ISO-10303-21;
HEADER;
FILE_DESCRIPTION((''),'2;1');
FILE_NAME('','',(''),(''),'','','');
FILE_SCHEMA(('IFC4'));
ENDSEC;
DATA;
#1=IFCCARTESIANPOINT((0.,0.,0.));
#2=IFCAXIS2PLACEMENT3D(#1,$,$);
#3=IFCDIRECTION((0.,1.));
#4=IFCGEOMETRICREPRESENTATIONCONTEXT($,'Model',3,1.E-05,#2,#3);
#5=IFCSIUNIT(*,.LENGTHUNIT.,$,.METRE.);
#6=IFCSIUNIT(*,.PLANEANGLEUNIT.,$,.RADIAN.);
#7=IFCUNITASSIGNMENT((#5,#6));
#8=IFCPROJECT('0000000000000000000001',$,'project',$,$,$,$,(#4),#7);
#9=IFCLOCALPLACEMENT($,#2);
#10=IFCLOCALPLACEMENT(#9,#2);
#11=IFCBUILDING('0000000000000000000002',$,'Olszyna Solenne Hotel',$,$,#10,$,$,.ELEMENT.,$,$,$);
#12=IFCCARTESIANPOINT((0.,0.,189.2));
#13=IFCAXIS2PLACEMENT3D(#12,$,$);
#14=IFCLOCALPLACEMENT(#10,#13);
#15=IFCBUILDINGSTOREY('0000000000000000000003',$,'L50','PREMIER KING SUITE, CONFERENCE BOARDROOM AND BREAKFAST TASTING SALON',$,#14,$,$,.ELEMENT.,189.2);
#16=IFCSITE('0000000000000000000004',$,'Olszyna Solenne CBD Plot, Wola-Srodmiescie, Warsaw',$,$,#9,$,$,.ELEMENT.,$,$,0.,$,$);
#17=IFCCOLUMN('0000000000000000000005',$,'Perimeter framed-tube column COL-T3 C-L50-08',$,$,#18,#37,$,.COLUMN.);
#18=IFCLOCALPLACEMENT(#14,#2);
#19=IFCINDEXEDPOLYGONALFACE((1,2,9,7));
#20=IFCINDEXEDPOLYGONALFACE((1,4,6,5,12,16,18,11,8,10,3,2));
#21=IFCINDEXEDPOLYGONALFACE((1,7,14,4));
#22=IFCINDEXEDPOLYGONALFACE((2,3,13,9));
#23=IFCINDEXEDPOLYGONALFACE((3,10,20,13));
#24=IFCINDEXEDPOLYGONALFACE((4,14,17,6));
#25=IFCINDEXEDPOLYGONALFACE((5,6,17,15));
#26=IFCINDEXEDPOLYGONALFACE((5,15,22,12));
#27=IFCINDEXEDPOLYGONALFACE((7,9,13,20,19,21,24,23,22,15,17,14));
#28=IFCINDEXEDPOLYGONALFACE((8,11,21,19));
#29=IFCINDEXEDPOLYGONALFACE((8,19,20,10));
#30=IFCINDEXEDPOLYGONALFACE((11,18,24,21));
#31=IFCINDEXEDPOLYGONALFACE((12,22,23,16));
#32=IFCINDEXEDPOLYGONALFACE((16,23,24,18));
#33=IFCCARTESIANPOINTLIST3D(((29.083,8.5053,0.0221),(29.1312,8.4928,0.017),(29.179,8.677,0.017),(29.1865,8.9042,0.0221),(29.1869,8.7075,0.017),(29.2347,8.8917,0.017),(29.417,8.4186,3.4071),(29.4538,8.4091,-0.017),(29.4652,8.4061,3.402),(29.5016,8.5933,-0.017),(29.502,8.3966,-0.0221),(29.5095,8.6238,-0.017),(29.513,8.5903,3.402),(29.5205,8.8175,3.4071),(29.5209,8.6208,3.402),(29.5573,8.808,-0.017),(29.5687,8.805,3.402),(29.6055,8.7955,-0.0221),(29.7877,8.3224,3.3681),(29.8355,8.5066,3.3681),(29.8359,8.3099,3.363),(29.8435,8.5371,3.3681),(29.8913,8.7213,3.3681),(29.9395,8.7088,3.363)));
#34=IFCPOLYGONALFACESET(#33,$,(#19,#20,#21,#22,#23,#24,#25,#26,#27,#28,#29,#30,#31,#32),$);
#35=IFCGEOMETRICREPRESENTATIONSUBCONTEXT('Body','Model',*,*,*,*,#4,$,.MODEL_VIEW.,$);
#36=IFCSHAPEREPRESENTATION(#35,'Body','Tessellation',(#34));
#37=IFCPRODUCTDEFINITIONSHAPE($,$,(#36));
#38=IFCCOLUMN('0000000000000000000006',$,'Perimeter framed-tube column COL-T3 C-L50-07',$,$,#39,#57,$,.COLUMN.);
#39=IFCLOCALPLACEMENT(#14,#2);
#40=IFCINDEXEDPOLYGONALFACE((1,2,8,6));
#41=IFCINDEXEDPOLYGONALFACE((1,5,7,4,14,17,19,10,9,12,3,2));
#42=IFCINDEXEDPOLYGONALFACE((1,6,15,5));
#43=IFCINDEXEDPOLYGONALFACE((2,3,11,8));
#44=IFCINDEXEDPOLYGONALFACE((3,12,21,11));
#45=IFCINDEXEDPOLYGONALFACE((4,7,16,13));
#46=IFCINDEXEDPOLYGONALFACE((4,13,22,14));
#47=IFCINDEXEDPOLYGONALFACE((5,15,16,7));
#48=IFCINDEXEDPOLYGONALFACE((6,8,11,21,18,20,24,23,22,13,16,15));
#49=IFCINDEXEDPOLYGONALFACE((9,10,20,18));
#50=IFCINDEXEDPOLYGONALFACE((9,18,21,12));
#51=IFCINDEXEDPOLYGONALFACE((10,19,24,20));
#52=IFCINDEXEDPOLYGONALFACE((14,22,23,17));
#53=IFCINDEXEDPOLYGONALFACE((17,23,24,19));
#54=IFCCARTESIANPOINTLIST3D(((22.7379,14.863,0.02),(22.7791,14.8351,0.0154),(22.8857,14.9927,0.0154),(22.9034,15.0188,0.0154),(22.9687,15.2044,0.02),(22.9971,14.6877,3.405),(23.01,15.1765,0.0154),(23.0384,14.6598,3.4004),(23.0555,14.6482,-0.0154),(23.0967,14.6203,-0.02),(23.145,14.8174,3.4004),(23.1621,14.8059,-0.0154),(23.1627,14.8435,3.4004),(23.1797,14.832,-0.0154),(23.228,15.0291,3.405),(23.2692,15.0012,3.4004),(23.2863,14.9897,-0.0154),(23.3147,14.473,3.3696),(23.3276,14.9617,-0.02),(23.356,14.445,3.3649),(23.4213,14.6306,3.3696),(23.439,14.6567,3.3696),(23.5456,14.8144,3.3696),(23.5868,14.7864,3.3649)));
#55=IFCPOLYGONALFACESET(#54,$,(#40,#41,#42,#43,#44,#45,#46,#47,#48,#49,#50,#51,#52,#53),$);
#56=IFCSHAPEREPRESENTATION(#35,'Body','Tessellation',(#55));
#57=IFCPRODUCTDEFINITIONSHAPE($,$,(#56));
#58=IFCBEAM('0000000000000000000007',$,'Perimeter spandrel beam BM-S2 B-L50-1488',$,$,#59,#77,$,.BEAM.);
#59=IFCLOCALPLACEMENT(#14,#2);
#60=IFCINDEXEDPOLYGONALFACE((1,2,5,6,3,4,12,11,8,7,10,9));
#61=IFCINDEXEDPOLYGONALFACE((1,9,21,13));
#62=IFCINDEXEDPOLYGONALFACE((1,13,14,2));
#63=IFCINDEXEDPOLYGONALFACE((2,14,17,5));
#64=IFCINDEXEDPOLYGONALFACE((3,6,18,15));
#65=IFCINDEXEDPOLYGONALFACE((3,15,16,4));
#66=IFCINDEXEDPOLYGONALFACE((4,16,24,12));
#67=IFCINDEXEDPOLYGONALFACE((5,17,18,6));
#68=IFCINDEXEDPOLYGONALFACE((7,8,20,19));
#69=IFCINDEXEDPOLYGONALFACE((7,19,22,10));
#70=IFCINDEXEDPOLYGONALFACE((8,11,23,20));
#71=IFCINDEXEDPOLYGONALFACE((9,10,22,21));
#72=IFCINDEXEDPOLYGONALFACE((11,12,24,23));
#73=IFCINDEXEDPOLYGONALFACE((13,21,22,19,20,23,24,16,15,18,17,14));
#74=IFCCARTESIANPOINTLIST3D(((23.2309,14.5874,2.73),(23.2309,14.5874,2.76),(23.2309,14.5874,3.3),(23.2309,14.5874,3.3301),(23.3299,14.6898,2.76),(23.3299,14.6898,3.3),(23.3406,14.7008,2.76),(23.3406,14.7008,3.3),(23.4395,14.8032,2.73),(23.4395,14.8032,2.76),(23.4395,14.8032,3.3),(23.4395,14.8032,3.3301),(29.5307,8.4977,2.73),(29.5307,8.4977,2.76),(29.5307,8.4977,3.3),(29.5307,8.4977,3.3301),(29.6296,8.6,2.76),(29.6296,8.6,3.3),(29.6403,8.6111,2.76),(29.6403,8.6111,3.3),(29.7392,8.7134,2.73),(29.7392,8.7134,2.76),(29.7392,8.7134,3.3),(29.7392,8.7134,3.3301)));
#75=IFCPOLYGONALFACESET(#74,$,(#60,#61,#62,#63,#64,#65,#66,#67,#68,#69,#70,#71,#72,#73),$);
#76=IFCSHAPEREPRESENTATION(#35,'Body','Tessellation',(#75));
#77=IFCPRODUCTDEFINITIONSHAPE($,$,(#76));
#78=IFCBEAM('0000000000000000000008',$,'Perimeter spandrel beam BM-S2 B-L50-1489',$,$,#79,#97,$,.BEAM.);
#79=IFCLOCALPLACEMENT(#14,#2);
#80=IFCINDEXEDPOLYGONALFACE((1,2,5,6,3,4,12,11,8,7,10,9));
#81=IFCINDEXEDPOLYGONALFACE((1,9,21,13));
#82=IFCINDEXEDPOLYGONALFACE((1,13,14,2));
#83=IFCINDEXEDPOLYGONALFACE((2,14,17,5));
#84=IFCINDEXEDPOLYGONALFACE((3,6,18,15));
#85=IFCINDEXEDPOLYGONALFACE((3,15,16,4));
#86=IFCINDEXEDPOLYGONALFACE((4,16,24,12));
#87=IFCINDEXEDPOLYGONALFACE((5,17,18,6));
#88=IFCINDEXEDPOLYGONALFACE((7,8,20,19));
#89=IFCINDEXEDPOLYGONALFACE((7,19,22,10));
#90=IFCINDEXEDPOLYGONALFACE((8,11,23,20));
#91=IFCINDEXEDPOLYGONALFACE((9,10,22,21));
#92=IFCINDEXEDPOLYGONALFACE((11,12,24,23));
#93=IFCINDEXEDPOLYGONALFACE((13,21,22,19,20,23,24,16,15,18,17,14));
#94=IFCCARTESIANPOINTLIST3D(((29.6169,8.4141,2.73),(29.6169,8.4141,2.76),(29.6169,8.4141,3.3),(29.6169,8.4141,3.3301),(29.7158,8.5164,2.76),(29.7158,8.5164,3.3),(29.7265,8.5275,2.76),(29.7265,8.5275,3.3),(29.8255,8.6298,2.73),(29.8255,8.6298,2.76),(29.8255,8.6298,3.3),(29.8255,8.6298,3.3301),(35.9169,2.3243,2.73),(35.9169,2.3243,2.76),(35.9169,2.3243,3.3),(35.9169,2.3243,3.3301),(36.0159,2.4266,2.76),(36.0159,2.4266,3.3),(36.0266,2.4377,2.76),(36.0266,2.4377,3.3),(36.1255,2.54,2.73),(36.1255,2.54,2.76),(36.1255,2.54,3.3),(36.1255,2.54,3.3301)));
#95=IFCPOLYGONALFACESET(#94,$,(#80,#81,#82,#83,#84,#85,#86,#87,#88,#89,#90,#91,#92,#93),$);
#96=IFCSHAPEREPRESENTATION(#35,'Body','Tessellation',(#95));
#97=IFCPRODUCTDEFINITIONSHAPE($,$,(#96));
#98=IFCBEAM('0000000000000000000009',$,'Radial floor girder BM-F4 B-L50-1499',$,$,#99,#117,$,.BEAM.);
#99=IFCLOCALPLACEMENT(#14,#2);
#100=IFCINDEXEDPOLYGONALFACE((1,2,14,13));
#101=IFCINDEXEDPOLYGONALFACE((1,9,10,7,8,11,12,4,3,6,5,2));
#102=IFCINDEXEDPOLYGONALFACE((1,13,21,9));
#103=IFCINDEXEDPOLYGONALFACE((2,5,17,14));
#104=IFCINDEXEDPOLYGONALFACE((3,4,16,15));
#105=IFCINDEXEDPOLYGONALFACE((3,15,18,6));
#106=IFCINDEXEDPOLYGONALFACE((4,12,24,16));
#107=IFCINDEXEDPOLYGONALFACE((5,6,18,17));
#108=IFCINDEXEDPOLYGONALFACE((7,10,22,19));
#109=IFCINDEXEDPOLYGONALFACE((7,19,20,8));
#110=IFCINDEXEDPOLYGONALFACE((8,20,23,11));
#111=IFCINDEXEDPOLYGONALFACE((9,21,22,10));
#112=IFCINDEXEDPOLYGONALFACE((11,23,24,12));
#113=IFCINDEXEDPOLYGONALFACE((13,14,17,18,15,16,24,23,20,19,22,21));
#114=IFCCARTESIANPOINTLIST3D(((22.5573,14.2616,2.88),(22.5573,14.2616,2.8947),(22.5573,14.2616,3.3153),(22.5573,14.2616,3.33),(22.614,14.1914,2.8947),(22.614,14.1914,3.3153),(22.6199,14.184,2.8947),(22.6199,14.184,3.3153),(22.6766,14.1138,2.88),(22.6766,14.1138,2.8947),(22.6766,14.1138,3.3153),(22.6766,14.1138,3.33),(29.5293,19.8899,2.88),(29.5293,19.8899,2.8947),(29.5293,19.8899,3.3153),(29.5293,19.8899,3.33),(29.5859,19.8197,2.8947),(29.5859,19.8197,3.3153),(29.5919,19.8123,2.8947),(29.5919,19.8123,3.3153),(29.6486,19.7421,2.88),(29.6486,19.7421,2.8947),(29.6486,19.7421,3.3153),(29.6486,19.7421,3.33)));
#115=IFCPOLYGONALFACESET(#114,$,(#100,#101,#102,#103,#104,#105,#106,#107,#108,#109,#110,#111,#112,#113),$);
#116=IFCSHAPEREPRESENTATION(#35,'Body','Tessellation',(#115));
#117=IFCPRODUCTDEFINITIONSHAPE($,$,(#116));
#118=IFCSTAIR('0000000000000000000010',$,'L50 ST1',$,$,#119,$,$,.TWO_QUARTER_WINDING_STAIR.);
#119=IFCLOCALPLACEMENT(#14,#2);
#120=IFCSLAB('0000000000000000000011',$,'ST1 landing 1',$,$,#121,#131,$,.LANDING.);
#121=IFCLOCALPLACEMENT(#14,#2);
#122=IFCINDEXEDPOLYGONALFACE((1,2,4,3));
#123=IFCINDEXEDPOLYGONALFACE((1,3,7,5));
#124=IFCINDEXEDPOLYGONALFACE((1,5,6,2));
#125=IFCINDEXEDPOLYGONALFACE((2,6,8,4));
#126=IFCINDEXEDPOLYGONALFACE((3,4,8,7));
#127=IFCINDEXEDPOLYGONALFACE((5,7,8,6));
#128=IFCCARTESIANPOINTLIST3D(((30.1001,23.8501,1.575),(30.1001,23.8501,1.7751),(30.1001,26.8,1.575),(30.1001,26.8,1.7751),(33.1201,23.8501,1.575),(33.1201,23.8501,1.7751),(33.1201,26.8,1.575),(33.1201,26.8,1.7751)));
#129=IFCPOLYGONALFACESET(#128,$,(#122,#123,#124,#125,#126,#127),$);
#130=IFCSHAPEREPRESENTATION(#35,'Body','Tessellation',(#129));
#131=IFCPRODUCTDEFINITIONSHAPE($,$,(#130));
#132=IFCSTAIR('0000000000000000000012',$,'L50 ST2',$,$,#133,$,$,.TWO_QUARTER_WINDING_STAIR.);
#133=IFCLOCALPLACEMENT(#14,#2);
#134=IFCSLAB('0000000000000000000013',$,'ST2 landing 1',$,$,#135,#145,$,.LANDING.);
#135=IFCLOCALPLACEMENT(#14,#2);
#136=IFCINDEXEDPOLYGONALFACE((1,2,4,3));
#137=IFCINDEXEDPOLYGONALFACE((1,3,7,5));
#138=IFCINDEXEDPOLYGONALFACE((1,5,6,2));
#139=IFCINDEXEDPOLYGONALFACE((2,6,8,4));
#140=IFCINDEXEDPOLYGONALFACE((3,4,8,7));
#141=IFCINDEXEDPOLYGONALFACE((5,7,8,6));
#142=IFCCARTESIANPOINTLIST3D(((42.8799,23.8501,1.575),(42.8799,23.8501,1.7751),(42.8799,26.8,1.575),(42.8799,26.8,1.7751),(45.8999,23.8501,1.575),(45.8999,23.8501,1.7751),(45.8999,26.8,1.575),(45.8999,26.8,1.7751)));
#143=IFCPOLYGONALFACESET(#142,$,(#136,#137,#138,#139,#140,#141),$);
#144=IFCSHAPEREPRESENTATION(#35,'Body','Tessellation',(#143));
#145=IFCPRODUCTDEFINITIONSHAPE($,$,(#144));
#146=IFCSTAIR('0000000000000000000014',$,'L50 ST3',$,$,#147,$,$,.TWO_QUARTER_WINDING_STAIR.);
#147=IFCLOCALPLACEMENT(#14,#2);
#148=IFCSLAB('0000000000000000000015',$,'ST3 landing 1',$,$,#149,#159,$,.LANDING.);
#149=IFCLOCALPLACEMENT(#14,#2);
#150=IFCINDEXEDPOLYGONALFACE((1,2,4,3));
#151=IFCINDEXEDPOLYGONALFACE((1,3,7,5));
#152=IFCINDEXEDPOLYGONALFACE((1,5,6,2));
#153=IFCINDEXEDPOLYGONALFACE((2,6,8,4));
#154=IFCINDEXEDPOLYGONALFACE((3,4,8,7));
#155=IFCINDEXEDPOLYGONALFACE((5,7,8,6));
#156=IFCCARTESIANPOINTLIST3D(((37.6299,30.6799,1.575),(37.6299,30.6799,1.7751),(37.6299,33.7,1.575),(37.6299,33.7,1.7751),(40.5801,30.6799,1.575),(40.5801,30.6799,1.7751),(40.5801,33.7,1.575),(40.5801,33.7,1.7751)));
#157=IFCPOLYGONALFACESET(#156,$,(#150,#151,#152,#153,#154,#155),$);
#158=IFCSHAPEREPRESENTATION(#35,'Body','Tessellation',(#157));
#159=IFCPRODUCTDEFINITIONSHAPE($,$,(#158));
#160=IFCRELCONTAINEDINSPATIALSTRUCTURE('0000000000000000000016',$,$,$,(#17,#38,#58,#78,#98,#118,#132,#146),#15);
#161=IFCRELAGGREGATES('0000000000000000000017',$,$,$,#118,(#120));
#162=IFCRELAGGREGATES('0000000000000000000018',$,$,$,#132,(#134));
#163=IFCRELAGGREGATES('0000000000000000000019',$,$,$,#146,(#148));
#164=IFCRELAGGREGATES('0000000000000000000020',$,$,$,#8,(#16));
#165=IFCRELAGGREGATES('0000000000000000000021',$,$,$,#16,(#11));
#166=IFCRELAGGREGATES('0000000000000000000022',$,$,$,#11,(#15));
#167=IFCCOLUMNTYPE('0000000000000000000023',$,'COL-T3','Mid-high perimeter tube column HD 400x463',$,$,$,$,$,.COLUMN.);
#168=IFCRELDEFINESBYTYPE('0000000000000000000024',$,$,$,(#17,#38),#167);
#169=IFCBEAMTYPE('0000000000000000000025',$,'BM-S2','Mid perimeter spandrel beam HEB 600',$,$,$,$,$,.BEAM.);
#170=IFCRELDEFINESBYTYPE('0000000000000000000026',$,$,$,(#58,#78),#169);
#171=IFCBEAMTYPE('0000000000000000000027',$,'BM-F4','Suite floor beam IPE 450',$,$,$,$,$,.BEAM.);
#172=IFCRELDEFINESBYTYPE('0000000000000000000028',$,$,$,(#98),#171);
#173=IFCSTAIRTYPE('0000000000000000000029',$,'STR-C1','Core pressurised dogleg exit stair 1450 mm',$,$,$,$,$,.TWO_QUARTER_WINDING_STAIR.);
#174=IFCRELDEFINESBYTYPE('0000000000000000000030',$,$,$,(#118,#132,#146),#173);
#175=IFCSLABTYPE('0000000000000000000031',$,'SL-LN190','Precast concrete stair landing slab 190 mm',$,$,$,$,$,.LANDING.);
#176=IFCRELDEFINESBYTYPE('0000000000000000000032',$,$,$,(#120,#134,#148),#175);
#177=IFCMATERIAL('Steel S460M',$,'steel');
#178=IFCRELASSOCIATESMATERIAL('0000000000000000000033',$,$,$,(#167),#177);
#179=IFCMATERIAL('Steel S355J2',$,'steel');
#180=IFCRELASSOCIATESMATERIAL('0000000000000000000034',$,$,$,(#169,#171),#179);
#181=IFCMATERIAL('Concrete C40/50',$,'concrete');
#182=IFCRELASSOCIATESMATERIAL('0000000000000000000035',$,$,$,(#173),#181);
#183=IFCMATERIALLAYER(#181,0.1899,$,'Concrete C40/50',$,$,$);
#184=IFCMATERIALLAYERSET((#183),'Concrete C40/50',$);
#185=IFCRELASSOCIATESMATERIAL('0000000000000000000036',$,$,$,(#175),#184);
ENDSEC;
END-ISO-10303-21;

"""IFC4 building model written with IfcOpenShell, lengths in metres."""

from ifc_helpers import new_model, si_unit, direction, frame, origin, origin_2d, place, context, subcontext, project, spatial, polyline, i_section, outline, extrude, source, transform, mapped, material, layer, layer_set, material_profile, profile_set, type_object, element, aggregate, save


model = new_model("IFC4")

# Units and contexts
model_context = context("Model", 3, precision=1e-05, world=origin(), true_north=direction((0.0, 1.0)))
body_context = subcontext(model_context, "Body", "Model", "MODEL_VIEW")
ifc_project = project(units=[si_unit("LENGTHUNIT", "METRE"), si_unit("PLANEANGLEUNIT", "RADIAN")], contexts=[model_context])

# Site, building, storey
site_placement = place(None, origin())
site = spatial("IfcSite", under=ifc_project, at=site_placement, Name="Olszyna Solenne CBD Plot, Wola-Srodmiescie, Warsaw", CompositionType="ELEMENT", RefElevation=0.0)
building_placement = place(site_placement, origin())
building = spatial("IfcBuilding", under=site, at=building_placement, Name="Olszyna Solenne Hotel", CompositionType="ELEMENT")
storey_placement = place(building_placement, frame((0.0, 0.0, 189.2)))
storey = spatial("IfcBuildingStorey", under=building, at=storey_placement, Name="L50", Description="PREMIER KING SUITE, CONFERENCE BOARDROOM AND BREAKFAST TASTING SALON", CompositionType="ELEMENT", Elevation=189.2)

# Columns
ifc_material_1 = material(Name="Steel S460M", Category="steel")
ifc_material_profile_1 = material_profile(ifc_material_1, i_section(OverallWidth=0.4121, OverallDepth=0.4351, WebThickness=0.0315, FlangeThickness=0.05, at=origin_2d()), Name="HD 400x463", Category="load-bearing")
ifc_profile_set_1 = profile_set([ifc_material_profile_1], Name="Steel S460M")
column_type = type_object("IfcColumnType", Name="COL-T3", Description="Mid-high perimeter tube column HD 400x463", PredefinedType="COLUMN", material=ifc_profile_set_1)
shared_shape_1 = source(origin(), body_context, "Body", "SweptSolid", [
    extrude(i_section(OverallWidth=0.4121, OverallDepth=0.4351, WebThickness=0.0315, FlangeThickness=0.05, at=origin_2d()), origin(), (0.0, 0.0, 1.0), 3.4026),
])
column_1_placement = place(storey_placement, frame((29.3442, 8.6504, 0.0), z_axis=(0.098157, -0.025472, 0.994845), x_axis=(0.251183, 0.96794, 0.0)))
element("IfcColumn", 1, at=column_1_placement, inside=storey, type_object=column_type, Name="Perimeter framed-tube column COL-T3 C-L50-08", PredefinedType="COLUMN", context=body_context, shape_type="MappedRepresentation", body=[
    mapped(shared_shape_1, transform((0.0, 0.0, 0.0), x_axis=(1.0, 0.0, 0.0), y_axis=(0.0, 1.0, 0.0), z_axis=(0.0, 0.0, 1.0), scale=1.0)),
])
shared_shape_2 = source(origin(), body_context, "Body", "SweptSolid", [
    extrude(i_section(OverallWidth=0.4121, OverallDepth=0.4351, WebThickness=0.0315, FlangeThickness=0.05, at=origin_2d()), origin(), (0.0, 0.0, 1.0), 3.3994),
])
column_2_placement = place(storey_placement, frame((23.0327, 14.9124, 0.0), z_axis=(0.07627, -0.051565, 0.995753), x_axis=(0.560089, 0.828432, 0.0)))
element("IfcColumn", 2, at=column_2_placement, inside=storey, type_object=column_type, Name="Perimeter framed-tube column COL-T3 C-L50-07", PredefinedType="COLUMN", context=body_context, shape_type="MappedRepresentation", body=[
    mapped(shared_shape_2, transform((0.0, 0.0, 0.0), x_axis=(1.0, 0.0, 0.0), y_axis=(0.0, 1.0, 0.0), z_axis=(0.0, 0.0, 1.0), scale=1.0)),
])

# Beams
ifc_material_2 = material(Name="Steel S355J2", Category="steel")
ifc_material_profile_2 = material_profile(ifc_material_2, i_section(OverallWidth=0.3, OverallDepth=0.6001, WebThickness=0.0154, FlangeThickness=0.03, at=origin_2d()), Name="HEB 600", Category="load-bearing")
ifc_profile_set_2 = profile_set([ifc_material_profile_2], Name="Steel S355J2")
beam_type_1 = type_object("IfcBeamType", Name="BM-S2", Description="Mid perimeter spandrel beam HEB 600", PredefinedType="BEAM", material=ifc_profile_set_2)
shared_shape_3 = source(origin(), body_context, "Body", "SweptSolid", [
    extrude(i_section(OverallWidth=0.3, OverallDepth=0.6001, WebThickness=0.0154, FlangeThickness=0.03, at=origin_2d()), origin(), (0.0, 0.0, 1.0), 8.762),
])
beam_1_placement = place(storey_placement, frame((23.3352, 14.6953, 3.03), z_axis=(0.718987, -0.695024, 0.0), x_axis=(0.695024, 0.718987, 0.0)))
element("IfcBeam", 3, at=beam_1_placement, inside=storey, type_object=beam_type_1, Name="Perimeter spandrel beam BM-S2 B-L50-1488", PredefinedType="BEAM", context=body_context, shape_type="MappedRepresentation", body=[
    mapped(shared_shape_3, transform((0.0, 0.0, 0.0), x_axis=(1.0, 0.0, 0.0), y_axis=(0.0, 1.0, 0.0), z_axis=(0.0, 0.0, 1.0), scale=1.0)),
])
shared_shape_4 = source(origin(), body_context, "Body", "SweptSolid", [
    extrude(i_section(OverallWidth=0.3, OverallDepth=0.6001, WebThickness=0.0154, FlangeThickness=0.03, at=origin_2d()), origin(), (0.0, 0.0, 1.0), 8.7622),
])
beam_2_placement = place(storey_placement, frame((29.7212, 8.522, 3.03), z_axis=(0.719, -0.69501, 0.0), x_axis=(0.69501, 0.719, 0.0)))
element("IfcBeam", 4, at=beam_2_placement, inside=storey, type_object=beam_type_1, Name="Perimeter spandrel beam BM-S2 B-L50-1489", PredefinedType="BEAM", context=body_context, shape_type="MappedRepresentation", body=[
    mapped(shared_shape_4, transform((0.0, 0.0, 0.0), x_axis=(1.0, 0.0, 0.0), y_axis=(0.0, 1.0, 0.0), z_axis=(0.0, 0.0, 1.0), scale=1.0)),
])
ifc_material_profile_3 = material_profile(ifc_material_2, i_section(OverallWidth=0.1899, OverallDepth=0.45, WebThickness=0.0095, FlangeThickness=0.0146, at=origin_2d()), Name="IPE 450", Category="load-bearing")
ifc_profile_set_3 = profile_set([ifc_material_profile_3], Name="Steel S355J2")
beam_type_2 = type_object("IfcBeamType", Name="BM-F4", Description="Suite floor beam IPE 450", PredefinedType="BEAM", material=ifc_profile_set_3)
shared_shape_5 = source(origin(), body_context, "Body", "SweptSolid", [
    extrude(i_section(OverallWidth=0.1899, OverallDepth=0.45, WebThickness=0.0095, FlangeThickness=0.0146, at=origin_2d()), origin(), (0.0, 0.0, 1.0), 8.9602),
])
beam_3_placement = place(storey_placement, frame((22.6169, 14.1877, 3.105), z_axis=(0.778105, 0.628135, 0.0), x_axis=(-0.628135, 0.778105, 0.0)))
element("IfcBeam", 5, at=beam_3_placement, inside=storey, type_object=beam_type_2, Name="Radial floor girder BM-F4 B-L50-1499", PredefinedType="BEAM", context=body_context, shape_type="MappedRepresentation", body=[
    mapped(shared_shape_5, transform((0.0, 0.0, 0.0), x_axis=(1.0, 0.0, 0.0), y_axis=(0.0, 1.0, 0.0), z_axis=(0.0, 0.0, 1.0), scale=1.0)),
])

# Stairs, slabs
ifc_material_3 = material(Name="Concrete C40/50", Category="concrete")
stair_type = type_object("IfcStairType", Name="STR-C1", Description="Core pressurised dogleg exit stair 1450 mm", PredefinedType="TWO_QUARTER_WINDING_STAIR", material=ifc_material_3)
stair_1_placement = place(storey_placement, origin())
stair_1 = element("IfcStair", 6, at=stair_1_placement, inside=storey, type_object=stair_type, Name="L50 ST1", PredefinedType="TWO_QUARTER_WINDING_STAIR")
ifc_layer_1 = layer(ifc_material_3, 0.1899, Name="Concrete C40/50")
ifc_layer_set_1 = layer_set([ifc_layer_1], Name="Concrete C40/50")
slab_type_1 = type_object("IfcSlabType", Name="SL-LN190", Description="Precast concrete stair landing slab 190 mm", PredefinedType="LANDING", material=ifc_layer_set_1)
slab_1_placement = place(storey_placement, frame((0.0, 0.0, 1.575)))
slab_1 = element("IfcSlab", 7, at=slab_1_placement, type_object=slab_type_1, Name="ST1 landing 1", PredefinedType="LANDING", context=body_context, shape_type="SweptSolid", body=[
    extrude(outline(polyline([(33.1201, 23.8501), (33.1201, 26.8), (30.1001, 26.8), (30.1001, 23.8501), (33.1201, 23.8501)])), origin(), (0.0, 0.0, 1.0), 0.2002),
])
aggregate(stair_1, [slab_1])
stair_2_placement = place(storey_placement, origin())
stair_2 = element("IfcStair", 8, at=stair_2_placement, inside=storey, type_object=stair_type, Name="L50 ST2", PredefinedType="TWO_QUARTER_WINDING_STAIR")
slab_2_placement = place(storey_placement, frame((0.0, 0.0, 1.575)))
slab_2 = element("IfcSlab", 9, at=slab_2_placement, type_object=slab_type_1, Name="ST2 landing 1", PredefinedType="LANDING", context=body_context, shape_type="SweptSolid", body=[
    extrude(outline(polyline([(45.8999, 23.8501), (45.8999, 26.8), (42.8799, 26.8), (42.8799, 23.8501), (45.8999, 23.8501)])), origin(), (0.0, 0.0, 1.0), 0.2002),
])
aggregate(stair_2, [slab_2])
stair_3_placement = place(storey_placement, origin())
stair_3 = element("IfcStair", 10, at=stair_3_placement, inside=storey, type_object=stair_type, Name="L50 ST3", PredefinedType="TWO_QUARTER_WINDING_STAIR")
slab_3_placement = place(storey_placement, frame((0.0, 0.0, 1.575)))
slab_3 = element("IfcSlab", 11, at=slab_3_placement, type_object=slab_type_1, Name="ST3 landing 1", PredefinedType="LANDING", context=body_context, shape_type="SweptSolid", body=[
    extrude(outline(polyline([(37.6299, 30.6799), (40.5801, 30.6799), (40.5801, 33.7), (37.6299, 33.7), (37.6299, 30.6799)])), origin(), (0.0, 0.0, 1.0), 0.2002),
])
aggregate(stair_3, [slab_3])

save(model, "model.ifc")
